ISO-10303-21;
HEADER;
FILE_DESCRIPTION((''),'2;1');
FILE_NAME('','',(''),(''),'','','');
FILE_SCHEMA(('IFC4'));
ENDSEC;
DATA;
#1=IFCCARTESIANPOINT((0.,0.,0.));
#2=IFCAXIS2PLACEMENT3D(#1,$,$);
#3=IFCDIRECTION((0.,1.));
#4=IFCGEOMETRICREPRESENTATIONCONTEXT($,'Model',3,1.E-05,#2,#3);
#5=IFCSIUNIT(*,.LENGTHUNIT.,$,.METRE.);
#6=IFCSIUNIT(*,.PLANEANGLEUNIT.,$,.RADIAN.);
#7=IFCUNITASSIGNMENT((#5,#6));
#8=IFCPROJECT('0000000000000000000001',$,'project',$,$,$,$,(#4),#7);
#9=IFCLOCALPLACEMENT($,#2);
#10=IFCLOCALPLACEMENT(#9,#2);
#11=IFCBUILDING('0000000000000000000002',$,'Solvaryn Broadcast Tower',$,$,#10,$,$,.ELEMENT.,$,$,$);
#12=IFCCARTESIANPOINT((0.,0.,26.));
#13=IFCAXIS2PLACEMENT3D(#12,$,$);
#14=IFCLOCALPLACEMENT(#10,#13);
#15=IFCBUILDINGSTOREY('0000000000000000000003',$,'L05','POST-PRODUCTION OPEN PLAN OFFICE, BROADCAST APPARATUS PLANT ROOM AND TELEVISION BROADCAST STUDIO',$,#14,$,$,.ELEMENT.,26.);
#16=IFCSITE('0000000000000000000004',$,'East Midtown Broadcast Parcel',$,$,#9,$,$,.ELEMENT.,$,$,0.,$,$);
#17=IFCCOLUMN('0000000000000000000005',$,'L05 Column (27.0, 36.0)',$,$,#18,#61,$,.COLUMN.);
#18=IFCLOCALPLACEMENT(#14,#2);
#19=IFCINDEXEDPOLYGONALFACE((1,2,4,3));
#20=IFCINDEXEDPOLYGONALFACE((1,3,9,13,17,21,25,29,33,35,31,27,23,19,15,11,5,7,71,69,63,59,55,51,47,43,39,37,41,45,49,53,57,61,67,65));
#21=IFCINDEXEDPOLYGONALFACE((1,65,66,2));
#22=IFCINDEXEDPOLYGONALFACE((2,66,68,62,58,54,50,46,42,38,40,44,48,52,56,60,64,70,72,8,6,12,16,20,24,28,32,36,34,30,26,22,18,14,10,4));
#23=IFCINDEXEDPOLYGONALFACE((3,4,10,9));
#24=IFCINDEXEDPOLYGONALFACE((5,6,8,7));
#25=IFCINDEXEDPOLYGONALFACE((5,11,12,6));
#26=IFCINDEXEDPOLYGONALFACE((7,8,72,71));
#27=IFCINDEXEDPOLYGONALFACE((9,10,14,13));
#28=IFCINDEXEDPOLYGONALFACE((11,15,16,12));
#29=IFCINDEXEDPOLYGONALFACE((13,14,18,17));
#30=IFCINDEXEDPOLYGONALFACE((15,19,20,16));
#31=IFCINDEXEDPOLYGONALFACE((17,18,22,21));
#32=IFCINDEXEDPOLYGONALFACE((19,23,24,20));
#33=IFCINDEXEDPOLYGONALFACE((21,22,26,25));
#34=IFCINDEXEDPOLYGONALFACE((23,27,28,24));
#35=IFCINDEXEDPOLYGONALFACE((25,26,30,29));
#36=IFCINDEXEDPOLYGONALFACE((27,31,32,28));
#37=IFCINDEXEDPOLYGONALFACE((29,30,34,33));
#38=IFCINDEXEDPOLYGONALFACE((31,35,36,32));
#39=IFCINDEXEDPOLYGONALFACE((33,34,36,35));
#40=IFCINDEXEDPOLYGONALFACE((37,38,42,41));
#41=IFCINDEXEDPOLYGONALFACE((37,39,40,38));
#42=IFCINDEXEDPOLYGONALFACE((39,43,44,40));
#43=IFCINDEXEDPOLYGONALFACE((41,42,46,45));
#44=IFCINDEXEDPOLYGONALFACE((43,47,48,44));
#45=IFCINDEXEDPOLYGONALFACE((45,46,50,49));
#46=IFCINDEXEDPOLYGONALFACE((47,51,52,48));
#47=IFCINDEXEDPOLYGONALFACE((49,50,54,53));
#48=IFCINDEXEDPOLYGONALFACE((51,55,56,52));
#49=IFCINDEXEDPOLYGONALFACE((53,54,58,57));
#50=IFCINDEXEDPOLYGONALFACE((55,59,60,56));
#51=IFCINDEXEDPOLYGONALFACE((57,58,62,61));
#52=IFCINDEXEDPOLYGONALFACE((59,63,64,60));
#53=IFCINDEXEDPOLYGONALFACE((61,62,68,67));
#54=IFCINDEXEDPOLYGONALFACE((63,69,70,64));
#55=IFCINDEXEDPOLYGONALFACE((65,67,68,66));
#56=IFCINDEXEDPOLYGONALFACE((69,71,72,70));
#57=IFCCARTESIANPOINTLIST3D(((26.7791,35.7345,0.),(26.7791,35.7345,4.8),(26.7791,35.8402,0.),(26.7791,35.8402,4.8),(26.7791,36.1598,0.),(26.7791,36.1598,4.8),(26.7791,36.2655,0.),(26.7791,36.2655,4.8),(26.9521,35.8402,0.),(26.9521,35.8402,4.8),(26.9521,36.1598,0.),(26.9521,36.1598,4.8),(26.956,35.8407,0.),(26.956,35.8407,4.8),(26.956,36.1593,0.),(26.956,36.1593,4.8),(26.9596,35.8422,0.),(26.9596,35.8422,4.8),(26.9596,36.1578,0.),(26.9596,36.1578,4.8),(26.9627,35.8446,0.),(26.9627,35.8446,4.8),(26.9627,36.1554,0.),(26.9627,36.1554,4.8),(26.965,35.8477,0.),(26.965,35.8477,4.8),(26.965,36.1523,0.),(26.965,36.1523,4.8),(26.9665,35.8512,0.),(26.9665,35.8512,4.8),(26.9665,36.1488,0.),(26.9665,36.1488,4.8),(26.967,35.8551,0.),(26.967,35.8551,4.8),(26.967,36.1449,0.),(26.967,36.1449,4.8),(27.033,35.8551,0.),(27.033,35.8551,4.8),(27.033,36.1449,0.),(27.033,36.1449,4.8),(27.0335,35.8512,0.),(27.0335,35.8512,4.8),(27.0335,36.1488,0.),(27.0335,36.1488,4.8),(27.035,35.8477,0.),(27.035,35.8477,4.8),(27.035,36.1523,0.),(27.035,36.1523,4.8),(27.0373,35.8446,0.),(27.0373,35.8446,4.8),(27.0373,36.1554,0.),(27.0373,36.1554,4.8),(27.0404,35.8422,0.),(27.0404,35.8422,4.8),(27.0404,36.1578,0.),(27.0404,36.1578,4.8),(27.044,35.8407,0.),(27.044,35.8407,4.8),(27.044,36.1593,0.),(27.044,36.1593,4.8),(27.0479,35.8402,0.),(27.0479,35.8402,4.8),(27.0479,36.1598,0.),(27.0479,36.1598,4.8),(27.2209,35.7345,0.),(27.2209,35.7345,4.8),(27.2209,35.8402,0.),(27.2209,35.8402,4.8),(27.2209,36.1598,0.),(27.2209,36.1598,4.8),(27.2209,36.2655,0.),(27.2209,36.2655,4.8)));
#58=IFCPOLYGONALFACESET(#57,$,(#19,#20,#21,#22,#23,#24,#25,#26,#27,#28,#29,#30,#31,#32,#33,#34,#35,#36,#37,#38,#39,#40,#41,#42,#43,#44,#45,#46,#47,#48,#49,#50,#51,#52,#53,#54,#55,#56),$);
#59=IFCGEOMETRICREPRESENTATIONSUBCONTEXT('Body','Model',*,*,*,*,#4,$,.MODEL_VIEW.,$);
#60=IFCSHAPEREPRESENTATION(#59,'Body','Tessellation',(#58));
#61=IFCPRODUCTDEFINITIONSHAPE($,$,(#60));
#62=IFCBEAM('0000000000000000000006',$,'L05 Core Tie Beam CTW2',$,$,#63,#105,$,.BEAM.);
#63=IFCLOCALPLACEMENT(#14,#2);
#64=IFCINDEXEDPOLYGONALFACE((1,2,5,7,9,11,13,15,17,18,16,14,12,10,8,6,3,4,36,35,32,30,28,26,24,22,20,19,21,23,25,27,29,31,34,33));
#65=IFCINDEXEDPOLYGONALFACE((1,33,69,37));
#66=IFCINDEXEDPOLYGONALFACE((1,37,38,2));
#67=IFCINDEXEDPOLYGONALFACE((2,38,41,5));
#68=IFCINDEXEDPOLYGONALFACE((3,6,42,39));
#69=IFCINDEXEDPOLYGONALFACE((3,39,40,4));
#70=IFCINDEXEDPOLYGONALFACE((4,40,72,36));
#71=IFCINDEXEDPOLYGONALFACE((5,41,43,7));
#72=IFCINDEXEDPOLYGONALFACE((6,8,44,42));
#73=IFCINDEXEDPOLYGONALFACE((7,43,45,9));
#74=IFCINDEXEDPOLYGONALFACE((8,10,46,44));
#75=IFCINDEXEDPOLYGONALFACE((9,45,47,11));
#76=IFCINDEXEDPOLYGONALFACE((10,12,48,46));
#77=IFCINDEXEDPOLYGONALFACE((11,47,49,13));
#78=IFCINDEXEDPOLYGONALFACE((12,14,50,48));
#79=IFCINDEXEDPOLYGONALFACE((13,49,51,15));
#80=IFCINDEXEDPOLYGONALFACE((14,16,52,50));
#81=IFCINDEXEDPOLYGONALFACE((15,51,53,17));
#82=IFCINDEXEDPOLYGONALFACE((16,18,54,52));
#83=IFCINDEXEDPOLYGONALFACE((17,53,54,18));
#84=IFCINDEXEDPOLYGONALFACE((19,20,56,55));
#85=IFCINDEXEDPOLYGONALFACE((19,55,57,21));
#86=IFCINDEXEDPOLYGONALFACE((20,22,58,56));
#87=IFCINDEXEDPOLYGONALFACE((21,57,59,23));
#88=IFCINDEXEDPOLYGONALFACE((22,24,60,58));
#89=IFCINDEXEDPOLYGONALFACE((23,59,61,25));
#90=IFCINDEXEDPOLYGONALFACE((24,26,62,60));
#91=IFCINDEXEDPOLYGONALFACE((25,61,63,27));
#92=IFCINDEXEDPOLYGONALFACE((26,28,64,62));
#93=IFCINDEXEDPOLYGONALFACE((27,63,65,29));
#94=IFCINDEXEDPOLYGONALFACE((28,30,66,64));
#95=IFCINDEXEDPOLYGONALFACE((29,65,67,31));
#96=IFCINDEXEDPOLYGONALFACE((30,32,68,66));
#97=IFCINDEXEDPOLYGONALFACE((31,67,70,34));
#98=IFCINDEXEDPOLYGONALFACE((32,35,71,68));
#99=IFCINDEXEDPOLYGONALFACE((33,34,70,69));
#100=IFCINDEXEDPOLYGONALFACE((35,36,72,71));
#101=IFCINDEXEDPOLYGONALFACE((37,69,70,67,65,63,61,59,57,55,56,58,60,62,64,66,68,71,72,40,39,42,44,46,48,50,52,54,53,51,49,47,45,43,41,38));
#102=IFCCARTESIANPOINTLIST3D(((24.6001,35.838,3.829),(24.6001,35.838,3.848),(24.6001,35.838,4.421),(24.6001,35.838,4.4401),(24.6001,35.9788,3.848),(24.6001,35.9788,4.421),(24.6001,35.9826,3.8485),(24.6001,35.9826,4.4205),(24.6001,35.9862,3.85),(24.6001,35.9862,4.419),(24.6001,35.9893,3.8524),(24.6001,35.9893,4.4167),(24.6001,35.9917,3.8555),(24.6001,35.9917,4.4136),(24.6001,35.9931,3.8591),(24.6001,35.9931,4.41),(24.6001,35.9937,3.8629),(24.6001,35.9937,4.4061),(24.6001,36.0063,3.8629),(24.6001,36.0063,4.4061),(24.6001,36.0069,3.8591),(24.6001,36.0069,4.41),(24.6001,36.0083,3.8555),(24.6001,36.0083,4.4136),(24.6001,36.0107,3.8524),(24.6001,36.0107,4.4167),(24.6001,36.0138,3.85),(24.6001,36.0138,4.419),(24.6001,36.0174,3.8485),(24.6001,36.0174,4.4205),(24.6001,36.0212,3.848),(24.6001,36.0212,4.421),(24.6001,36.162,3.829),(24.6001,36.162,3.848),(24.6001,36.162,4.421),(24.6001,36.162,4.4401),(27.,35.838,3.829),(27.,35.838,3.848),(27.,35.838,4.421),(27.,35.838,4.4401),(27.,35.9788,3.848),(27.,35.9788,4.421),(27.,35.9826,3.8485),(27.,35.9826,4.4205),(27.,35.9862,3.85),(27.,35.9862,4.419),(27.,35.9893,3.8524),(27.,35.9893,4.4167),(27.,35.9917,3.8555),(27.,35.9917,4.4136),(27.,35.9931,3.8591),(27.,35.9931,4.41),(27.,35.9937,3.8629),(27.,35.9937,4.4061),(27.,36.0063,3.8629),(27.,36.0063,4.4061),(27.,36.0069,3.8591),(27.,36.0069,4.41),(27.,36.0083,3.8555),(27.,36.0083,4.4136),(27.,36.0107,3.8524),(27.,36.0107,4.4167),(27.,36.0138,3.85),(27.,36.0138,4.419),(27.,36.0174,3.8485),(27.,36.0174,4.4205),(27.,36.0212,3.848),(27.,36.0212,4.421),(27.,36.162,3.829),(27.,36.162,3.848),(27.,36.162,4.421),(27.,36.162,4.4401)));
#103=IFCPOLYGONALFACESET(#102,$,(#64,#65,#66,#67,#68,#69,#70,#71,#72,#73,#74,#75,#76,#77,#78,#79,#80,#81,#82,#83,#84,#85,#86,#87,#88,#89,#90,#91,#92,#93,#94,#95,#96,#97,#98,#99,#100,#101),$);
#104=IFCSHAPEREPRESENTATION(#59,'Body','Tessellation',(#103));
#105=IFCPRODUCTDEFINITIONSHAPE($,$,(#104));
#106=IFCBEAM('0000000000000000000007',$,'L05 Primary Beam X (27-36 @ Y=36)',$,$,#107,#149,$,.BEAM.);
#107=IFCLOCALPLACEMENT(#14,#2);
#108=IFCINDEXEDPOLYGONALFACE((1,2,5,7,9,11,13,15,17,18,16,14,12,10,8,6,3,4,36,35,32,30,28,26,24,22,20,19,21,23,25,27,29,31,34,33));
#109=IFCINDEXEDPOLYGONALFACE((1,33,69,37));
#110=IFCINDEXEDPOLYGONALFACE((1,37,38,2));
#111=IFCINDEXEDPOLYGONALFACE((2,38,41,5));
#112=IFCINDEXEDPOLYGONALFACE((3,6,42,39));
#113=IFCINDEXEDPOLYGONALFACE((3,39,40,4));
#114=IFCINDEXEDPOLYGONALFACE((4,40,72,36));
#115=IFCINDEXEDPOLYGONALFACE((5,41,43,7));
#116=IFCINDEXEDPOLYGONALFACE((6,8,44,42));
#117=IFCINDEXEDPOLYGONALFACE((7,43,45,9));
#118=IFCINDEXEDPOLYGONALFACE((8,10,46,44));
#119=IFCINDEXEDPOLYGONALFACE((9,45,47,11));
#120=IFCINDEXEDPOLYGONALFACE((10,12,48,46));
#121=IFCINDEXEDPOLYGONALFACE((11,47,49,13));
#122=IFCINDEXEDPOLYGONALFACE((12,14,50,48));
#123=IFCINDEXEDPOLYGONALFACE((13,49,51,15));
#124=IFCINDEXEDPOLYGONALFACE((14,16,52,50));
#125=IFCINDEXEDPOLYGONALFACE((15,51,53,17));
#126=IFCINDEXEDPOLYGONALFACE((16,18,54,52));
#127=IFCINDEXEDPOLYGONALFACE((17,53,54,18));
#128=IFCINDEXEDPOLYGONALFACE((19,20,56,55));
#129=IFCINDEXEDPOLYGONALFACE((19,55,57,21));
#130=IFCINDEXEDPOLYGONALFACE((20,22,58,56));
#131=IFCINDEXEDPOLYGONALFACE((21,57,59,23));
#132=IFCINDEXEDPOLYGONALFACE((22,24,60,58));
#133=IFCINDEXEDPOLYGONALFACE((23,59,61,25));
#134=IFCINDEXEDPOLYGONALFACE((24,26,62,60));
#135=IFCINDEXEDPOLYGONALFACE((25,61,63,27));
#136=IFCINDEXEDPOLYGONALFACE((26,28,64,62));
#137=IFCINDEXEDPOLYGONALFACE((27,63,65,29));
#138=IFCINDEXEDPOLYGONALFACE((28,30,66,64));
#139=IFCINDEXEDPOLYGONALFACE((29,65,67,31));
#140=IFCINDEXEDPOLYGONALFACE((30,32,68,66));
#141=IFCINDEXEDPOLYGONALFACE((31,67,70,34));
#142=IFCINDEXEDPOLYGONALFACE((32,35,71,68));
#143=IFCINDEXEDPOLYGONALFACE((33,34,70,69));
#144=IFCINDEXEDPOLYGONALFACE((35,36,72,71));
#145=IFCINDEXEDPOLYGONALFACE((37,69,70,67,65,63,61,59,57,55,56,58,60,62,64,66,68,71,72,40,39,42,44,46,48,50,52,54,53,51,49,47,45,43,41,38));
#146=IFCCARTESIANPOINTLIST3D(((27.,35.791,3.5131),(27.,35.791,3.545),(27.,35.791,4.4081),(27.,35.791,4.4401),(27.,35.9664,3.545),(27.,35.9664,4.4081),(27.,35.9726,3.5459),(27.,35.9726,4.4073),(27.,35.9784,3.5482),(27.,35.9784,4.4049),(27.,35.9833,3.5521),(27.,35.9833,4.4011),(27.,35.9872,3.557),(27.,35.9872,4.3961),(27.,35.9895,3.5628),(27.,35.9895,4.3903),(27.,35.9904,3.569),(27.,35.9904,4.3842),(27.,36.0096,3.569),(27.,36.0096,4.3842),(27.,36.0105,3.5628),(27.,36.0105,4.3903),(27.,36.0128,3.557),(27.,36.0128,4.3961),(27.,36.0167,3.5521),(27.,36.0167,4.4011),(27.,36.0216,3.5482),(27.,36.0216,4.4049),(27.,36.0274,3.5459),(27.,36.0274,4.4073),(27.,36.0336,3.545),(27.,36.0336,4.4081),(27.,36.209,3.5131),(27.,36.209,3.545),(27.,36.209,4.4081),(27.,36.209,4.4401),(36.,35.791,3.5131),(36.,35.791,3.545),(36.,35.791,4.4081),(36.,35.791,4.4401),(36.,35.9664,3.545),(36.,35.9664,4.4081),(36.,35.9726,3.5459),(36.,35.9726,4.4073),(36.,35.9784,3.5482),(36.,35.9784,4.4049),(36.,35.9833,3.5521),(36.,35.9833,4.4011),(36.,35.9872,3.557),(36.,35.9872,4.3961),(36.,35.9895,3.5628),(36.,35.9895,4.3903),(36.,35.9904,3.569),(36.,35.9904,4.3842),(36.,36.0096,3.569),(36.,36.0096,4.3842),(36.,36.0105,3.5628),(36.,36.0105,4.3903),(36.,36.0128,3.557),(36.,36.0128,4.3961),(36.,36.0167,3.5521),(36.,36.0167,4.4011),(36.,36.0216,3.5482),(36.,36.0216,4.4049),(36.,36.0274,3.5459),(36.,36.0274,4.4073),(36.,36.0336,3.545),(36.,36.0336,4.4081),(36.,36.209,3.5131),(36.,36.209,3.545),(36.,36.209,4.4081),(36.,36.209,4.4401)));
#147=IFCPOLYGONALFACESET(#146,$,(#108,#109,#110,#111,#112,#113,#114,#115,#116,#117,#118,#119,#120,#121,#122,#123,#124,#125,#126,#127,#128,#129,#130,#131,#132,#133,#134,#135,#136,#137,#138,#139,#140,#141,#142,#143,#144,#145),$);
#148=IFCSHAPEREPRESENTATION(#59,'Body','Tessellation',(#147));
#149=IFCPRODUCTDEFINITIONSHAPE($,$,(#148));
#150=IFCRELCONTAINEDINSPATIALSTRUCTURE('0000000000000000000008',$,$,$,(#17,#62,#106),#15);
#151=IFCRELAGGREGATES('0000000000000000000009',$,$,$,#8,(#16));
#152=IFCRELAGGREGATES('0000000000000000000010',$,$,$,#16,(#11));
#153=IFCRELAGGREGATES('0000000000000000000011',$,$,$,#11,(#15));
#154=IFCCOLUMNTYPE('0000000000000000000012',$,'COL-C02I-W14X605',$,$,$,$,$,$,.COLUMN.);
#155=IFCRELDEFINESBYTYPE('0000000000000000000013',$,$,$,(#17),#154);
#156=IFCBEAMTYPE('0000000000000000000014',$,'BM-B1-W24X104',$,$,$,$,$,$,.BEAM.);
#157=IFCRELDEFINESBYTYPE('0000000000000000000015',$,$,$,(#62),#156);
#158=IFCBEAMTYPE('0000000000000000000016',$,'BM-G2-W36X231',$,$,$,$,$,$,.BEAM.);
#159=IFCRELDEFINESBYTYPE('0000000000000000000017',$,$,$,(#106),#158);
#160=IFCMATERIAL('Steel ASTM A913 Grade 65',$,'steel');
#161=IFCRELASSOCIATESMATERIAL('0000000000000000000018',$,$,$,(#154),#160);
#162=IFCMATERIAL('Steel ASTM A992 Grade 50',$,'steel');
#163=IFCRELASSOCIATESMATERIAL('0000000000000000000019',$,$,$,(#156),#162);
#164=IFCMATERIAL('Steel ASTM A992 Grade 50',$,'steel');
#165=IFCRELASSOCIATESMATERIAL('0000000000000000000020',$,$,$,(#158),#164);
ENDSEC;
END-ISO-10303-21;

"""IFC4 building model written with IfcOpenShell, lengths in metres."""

from ifc_helpers import new_model, si_unit, direction, frame, origin, origin_2d, place, context, subcontext, project, spatial, i_section, extrude, material, material_profile, profile_set, type_object, element, save


model = new_model("IFC4")

# Units and contexts
model_context = context("Model", 3, precision=1e-05, world=origin(), true_north=direction((0.0, 1.0)))
body_context = subcontext(model_context, "Body", "Model", "MODEL_VIEW")
ifc_project = project(units=[si_unit("LENGTHUNIT", "METRE"), si_unit("PLANEANGLEUNIT", "RADIAN")], contexts=[model_context])

# Site, building, storey
site_placement = place(None, origin())
site = spatial("IfcSite", under=ifc_project, at=site_placement, Name="East Midtown Broadcast Parcel", CompositionType="ELEMENT", RefElevation=0.0)
building_placement = place(site_placement, origin())
building = spatial("IfcBuilding", under=site, at=building_placement, Name="Solvaryn Broadcast Tower", CompositionType="ELEMENT")
storey_placement = place(building_placement, frame((0.0, 0.0, 26.0)))
storey = spatial("IfcBuildingStorey", under=building, at=storey_placement, Name="L05", Description="POST-PRODUCTION OPEN PLAN OFFICE, BROADCAST APPARATUS PLANT ROOM AND TELEVISION BROADCAST STUDIO", CompositionType="ELEMENT", Elevation=26.0)

# Column
ifc_material_1 = material(Name="Steel ASTM A913 Grade 65", Category="steel")
ifc_material_profile_1 = material_profile(ifc_material_1, i_section(OverallWidth=0.4419, OverallDepth=0.531, WebThickness=0.0659, FlangeThickness=0.1057, FilletRadius=0.0149, at=origin_2d()))
ifc_profile_set_1 = profile_set([ifc_material_profile_1], Name="Steel ASTM A913 Grade 65")
column_type = type_object("IfcColumnType", Name="COL-C02I-W14X605", PredefinedType="COLUMN", material=ifc_profile_set_1)
column_placement = place(storey_placement, frame((27.0, 36.0, 0.0), z_axis=(0.0, 0.0, 1.0), x_axis=(1.0, 0.0, 0.0)))
element("IfcColumn", 1, at=column_placement, inside=storey, type_object=column_type, Name="L05 Column (27.0, 36.0)", PredefinedType="COLUMN", context=body_context, shape_type="SweptSolid", body=[
    extrude(i_section(OverallWidth=0.4419, OverallDepth=0.531, WebThickness=0.0659, FlangeThickness=0.1057, FilletRadius=0.0149, at=origin_2d()), origin(), (0.0, 0.0, 1.0), 4.8),
])

# Beams
ifc_material_2 = material(Name="Steel ASTM A992 Grade 50", Category="steel")
ifc_material_profile_2 = material_profile(ifc_material_2, i_section(OverallWidth=0.324, OverallDepth=0.6111, WebThickness=0.0127, FlangeThickness=0.019, FilletRadius=0.0149, at=origin_2d()))
ifc_profile_set_2 = profile_set([ifc_material_profile_2], Name="Steel ASTM A992 Grade 50")
beam_type_1 = type_object("IfcBeamType", Name="BM-B1-W24X104", PredefinedType="BEAM", material=ifc_profile_set_2)
beam_1_placement = place(storey_placement, frame((24.6001, 36.0, 4.1345), z_axis=(1.0, 0.0, 0.0), x_axis=(0.0, 1.0, 0.0)))
element("IfcBeam", 2, at=beam_1_placement, inside=storey, type_object=beam_type_1, Name="L05 Core Tie Beam CTW2", PredefinedType="BEAM", context=body_context, shape_type="SweptSolid", body=[
    extrude(i_section(OverallWidth=0.324, OverallDepth=0.6111, WebThickness=0.0127, FlangeThickness=0.019, FilletRadius=0.0149, at=origin_2d()), origin(), (0.0, 0.0, 1.0), 2.3999),
])
ifc_material_3 = material(Name="Steel ASTM A992 Grade 50", Category="steel")
ifc_material_profile_3 = material_profile(ifc_material_3, i_section(OverallWidth=0.418, OverallDepth=0.927, WebThickness=0.0193, FlangeThickness=0.032, FilletRadius=0.0239, at=origin_2d()))
ifc_profile_set_3 = profile_set([ifc_material_profile_3], Name="Steel ASTM A992 Grade 50")
beam_type_2 = type_object("IfcBeamType", Name="BM-G2-W36X231", PredefinedType="BEAM", material=ifc_profile_set_3)
beam_2_placement = place(storey_placement, frame((27.0, 36.0, 3.9766), z_axis=(1.0, 0.0, 0.0), x_axis=(0.0, 1.0, 0.0)))
element("IfcBeam", 3, at=beam_2_placement, inside=storey, type_object=beam_type_2, Name="L05 Primary Beam X (27-36 @ Y=36)", PredefinedType="BEAM", context=body_context, shape_type="SweptSolid", body=[
    extrude(i_section(OverallWidth=0.418, OverallDepth=0.927, WebThickness=0.0193, FlangeThickness=0.032, FilletRadius=0.0239, at=origin_2d()), origin(), (0.0, 0.0, 1.0), 9.0),
])

save(model, "model.ifc")
